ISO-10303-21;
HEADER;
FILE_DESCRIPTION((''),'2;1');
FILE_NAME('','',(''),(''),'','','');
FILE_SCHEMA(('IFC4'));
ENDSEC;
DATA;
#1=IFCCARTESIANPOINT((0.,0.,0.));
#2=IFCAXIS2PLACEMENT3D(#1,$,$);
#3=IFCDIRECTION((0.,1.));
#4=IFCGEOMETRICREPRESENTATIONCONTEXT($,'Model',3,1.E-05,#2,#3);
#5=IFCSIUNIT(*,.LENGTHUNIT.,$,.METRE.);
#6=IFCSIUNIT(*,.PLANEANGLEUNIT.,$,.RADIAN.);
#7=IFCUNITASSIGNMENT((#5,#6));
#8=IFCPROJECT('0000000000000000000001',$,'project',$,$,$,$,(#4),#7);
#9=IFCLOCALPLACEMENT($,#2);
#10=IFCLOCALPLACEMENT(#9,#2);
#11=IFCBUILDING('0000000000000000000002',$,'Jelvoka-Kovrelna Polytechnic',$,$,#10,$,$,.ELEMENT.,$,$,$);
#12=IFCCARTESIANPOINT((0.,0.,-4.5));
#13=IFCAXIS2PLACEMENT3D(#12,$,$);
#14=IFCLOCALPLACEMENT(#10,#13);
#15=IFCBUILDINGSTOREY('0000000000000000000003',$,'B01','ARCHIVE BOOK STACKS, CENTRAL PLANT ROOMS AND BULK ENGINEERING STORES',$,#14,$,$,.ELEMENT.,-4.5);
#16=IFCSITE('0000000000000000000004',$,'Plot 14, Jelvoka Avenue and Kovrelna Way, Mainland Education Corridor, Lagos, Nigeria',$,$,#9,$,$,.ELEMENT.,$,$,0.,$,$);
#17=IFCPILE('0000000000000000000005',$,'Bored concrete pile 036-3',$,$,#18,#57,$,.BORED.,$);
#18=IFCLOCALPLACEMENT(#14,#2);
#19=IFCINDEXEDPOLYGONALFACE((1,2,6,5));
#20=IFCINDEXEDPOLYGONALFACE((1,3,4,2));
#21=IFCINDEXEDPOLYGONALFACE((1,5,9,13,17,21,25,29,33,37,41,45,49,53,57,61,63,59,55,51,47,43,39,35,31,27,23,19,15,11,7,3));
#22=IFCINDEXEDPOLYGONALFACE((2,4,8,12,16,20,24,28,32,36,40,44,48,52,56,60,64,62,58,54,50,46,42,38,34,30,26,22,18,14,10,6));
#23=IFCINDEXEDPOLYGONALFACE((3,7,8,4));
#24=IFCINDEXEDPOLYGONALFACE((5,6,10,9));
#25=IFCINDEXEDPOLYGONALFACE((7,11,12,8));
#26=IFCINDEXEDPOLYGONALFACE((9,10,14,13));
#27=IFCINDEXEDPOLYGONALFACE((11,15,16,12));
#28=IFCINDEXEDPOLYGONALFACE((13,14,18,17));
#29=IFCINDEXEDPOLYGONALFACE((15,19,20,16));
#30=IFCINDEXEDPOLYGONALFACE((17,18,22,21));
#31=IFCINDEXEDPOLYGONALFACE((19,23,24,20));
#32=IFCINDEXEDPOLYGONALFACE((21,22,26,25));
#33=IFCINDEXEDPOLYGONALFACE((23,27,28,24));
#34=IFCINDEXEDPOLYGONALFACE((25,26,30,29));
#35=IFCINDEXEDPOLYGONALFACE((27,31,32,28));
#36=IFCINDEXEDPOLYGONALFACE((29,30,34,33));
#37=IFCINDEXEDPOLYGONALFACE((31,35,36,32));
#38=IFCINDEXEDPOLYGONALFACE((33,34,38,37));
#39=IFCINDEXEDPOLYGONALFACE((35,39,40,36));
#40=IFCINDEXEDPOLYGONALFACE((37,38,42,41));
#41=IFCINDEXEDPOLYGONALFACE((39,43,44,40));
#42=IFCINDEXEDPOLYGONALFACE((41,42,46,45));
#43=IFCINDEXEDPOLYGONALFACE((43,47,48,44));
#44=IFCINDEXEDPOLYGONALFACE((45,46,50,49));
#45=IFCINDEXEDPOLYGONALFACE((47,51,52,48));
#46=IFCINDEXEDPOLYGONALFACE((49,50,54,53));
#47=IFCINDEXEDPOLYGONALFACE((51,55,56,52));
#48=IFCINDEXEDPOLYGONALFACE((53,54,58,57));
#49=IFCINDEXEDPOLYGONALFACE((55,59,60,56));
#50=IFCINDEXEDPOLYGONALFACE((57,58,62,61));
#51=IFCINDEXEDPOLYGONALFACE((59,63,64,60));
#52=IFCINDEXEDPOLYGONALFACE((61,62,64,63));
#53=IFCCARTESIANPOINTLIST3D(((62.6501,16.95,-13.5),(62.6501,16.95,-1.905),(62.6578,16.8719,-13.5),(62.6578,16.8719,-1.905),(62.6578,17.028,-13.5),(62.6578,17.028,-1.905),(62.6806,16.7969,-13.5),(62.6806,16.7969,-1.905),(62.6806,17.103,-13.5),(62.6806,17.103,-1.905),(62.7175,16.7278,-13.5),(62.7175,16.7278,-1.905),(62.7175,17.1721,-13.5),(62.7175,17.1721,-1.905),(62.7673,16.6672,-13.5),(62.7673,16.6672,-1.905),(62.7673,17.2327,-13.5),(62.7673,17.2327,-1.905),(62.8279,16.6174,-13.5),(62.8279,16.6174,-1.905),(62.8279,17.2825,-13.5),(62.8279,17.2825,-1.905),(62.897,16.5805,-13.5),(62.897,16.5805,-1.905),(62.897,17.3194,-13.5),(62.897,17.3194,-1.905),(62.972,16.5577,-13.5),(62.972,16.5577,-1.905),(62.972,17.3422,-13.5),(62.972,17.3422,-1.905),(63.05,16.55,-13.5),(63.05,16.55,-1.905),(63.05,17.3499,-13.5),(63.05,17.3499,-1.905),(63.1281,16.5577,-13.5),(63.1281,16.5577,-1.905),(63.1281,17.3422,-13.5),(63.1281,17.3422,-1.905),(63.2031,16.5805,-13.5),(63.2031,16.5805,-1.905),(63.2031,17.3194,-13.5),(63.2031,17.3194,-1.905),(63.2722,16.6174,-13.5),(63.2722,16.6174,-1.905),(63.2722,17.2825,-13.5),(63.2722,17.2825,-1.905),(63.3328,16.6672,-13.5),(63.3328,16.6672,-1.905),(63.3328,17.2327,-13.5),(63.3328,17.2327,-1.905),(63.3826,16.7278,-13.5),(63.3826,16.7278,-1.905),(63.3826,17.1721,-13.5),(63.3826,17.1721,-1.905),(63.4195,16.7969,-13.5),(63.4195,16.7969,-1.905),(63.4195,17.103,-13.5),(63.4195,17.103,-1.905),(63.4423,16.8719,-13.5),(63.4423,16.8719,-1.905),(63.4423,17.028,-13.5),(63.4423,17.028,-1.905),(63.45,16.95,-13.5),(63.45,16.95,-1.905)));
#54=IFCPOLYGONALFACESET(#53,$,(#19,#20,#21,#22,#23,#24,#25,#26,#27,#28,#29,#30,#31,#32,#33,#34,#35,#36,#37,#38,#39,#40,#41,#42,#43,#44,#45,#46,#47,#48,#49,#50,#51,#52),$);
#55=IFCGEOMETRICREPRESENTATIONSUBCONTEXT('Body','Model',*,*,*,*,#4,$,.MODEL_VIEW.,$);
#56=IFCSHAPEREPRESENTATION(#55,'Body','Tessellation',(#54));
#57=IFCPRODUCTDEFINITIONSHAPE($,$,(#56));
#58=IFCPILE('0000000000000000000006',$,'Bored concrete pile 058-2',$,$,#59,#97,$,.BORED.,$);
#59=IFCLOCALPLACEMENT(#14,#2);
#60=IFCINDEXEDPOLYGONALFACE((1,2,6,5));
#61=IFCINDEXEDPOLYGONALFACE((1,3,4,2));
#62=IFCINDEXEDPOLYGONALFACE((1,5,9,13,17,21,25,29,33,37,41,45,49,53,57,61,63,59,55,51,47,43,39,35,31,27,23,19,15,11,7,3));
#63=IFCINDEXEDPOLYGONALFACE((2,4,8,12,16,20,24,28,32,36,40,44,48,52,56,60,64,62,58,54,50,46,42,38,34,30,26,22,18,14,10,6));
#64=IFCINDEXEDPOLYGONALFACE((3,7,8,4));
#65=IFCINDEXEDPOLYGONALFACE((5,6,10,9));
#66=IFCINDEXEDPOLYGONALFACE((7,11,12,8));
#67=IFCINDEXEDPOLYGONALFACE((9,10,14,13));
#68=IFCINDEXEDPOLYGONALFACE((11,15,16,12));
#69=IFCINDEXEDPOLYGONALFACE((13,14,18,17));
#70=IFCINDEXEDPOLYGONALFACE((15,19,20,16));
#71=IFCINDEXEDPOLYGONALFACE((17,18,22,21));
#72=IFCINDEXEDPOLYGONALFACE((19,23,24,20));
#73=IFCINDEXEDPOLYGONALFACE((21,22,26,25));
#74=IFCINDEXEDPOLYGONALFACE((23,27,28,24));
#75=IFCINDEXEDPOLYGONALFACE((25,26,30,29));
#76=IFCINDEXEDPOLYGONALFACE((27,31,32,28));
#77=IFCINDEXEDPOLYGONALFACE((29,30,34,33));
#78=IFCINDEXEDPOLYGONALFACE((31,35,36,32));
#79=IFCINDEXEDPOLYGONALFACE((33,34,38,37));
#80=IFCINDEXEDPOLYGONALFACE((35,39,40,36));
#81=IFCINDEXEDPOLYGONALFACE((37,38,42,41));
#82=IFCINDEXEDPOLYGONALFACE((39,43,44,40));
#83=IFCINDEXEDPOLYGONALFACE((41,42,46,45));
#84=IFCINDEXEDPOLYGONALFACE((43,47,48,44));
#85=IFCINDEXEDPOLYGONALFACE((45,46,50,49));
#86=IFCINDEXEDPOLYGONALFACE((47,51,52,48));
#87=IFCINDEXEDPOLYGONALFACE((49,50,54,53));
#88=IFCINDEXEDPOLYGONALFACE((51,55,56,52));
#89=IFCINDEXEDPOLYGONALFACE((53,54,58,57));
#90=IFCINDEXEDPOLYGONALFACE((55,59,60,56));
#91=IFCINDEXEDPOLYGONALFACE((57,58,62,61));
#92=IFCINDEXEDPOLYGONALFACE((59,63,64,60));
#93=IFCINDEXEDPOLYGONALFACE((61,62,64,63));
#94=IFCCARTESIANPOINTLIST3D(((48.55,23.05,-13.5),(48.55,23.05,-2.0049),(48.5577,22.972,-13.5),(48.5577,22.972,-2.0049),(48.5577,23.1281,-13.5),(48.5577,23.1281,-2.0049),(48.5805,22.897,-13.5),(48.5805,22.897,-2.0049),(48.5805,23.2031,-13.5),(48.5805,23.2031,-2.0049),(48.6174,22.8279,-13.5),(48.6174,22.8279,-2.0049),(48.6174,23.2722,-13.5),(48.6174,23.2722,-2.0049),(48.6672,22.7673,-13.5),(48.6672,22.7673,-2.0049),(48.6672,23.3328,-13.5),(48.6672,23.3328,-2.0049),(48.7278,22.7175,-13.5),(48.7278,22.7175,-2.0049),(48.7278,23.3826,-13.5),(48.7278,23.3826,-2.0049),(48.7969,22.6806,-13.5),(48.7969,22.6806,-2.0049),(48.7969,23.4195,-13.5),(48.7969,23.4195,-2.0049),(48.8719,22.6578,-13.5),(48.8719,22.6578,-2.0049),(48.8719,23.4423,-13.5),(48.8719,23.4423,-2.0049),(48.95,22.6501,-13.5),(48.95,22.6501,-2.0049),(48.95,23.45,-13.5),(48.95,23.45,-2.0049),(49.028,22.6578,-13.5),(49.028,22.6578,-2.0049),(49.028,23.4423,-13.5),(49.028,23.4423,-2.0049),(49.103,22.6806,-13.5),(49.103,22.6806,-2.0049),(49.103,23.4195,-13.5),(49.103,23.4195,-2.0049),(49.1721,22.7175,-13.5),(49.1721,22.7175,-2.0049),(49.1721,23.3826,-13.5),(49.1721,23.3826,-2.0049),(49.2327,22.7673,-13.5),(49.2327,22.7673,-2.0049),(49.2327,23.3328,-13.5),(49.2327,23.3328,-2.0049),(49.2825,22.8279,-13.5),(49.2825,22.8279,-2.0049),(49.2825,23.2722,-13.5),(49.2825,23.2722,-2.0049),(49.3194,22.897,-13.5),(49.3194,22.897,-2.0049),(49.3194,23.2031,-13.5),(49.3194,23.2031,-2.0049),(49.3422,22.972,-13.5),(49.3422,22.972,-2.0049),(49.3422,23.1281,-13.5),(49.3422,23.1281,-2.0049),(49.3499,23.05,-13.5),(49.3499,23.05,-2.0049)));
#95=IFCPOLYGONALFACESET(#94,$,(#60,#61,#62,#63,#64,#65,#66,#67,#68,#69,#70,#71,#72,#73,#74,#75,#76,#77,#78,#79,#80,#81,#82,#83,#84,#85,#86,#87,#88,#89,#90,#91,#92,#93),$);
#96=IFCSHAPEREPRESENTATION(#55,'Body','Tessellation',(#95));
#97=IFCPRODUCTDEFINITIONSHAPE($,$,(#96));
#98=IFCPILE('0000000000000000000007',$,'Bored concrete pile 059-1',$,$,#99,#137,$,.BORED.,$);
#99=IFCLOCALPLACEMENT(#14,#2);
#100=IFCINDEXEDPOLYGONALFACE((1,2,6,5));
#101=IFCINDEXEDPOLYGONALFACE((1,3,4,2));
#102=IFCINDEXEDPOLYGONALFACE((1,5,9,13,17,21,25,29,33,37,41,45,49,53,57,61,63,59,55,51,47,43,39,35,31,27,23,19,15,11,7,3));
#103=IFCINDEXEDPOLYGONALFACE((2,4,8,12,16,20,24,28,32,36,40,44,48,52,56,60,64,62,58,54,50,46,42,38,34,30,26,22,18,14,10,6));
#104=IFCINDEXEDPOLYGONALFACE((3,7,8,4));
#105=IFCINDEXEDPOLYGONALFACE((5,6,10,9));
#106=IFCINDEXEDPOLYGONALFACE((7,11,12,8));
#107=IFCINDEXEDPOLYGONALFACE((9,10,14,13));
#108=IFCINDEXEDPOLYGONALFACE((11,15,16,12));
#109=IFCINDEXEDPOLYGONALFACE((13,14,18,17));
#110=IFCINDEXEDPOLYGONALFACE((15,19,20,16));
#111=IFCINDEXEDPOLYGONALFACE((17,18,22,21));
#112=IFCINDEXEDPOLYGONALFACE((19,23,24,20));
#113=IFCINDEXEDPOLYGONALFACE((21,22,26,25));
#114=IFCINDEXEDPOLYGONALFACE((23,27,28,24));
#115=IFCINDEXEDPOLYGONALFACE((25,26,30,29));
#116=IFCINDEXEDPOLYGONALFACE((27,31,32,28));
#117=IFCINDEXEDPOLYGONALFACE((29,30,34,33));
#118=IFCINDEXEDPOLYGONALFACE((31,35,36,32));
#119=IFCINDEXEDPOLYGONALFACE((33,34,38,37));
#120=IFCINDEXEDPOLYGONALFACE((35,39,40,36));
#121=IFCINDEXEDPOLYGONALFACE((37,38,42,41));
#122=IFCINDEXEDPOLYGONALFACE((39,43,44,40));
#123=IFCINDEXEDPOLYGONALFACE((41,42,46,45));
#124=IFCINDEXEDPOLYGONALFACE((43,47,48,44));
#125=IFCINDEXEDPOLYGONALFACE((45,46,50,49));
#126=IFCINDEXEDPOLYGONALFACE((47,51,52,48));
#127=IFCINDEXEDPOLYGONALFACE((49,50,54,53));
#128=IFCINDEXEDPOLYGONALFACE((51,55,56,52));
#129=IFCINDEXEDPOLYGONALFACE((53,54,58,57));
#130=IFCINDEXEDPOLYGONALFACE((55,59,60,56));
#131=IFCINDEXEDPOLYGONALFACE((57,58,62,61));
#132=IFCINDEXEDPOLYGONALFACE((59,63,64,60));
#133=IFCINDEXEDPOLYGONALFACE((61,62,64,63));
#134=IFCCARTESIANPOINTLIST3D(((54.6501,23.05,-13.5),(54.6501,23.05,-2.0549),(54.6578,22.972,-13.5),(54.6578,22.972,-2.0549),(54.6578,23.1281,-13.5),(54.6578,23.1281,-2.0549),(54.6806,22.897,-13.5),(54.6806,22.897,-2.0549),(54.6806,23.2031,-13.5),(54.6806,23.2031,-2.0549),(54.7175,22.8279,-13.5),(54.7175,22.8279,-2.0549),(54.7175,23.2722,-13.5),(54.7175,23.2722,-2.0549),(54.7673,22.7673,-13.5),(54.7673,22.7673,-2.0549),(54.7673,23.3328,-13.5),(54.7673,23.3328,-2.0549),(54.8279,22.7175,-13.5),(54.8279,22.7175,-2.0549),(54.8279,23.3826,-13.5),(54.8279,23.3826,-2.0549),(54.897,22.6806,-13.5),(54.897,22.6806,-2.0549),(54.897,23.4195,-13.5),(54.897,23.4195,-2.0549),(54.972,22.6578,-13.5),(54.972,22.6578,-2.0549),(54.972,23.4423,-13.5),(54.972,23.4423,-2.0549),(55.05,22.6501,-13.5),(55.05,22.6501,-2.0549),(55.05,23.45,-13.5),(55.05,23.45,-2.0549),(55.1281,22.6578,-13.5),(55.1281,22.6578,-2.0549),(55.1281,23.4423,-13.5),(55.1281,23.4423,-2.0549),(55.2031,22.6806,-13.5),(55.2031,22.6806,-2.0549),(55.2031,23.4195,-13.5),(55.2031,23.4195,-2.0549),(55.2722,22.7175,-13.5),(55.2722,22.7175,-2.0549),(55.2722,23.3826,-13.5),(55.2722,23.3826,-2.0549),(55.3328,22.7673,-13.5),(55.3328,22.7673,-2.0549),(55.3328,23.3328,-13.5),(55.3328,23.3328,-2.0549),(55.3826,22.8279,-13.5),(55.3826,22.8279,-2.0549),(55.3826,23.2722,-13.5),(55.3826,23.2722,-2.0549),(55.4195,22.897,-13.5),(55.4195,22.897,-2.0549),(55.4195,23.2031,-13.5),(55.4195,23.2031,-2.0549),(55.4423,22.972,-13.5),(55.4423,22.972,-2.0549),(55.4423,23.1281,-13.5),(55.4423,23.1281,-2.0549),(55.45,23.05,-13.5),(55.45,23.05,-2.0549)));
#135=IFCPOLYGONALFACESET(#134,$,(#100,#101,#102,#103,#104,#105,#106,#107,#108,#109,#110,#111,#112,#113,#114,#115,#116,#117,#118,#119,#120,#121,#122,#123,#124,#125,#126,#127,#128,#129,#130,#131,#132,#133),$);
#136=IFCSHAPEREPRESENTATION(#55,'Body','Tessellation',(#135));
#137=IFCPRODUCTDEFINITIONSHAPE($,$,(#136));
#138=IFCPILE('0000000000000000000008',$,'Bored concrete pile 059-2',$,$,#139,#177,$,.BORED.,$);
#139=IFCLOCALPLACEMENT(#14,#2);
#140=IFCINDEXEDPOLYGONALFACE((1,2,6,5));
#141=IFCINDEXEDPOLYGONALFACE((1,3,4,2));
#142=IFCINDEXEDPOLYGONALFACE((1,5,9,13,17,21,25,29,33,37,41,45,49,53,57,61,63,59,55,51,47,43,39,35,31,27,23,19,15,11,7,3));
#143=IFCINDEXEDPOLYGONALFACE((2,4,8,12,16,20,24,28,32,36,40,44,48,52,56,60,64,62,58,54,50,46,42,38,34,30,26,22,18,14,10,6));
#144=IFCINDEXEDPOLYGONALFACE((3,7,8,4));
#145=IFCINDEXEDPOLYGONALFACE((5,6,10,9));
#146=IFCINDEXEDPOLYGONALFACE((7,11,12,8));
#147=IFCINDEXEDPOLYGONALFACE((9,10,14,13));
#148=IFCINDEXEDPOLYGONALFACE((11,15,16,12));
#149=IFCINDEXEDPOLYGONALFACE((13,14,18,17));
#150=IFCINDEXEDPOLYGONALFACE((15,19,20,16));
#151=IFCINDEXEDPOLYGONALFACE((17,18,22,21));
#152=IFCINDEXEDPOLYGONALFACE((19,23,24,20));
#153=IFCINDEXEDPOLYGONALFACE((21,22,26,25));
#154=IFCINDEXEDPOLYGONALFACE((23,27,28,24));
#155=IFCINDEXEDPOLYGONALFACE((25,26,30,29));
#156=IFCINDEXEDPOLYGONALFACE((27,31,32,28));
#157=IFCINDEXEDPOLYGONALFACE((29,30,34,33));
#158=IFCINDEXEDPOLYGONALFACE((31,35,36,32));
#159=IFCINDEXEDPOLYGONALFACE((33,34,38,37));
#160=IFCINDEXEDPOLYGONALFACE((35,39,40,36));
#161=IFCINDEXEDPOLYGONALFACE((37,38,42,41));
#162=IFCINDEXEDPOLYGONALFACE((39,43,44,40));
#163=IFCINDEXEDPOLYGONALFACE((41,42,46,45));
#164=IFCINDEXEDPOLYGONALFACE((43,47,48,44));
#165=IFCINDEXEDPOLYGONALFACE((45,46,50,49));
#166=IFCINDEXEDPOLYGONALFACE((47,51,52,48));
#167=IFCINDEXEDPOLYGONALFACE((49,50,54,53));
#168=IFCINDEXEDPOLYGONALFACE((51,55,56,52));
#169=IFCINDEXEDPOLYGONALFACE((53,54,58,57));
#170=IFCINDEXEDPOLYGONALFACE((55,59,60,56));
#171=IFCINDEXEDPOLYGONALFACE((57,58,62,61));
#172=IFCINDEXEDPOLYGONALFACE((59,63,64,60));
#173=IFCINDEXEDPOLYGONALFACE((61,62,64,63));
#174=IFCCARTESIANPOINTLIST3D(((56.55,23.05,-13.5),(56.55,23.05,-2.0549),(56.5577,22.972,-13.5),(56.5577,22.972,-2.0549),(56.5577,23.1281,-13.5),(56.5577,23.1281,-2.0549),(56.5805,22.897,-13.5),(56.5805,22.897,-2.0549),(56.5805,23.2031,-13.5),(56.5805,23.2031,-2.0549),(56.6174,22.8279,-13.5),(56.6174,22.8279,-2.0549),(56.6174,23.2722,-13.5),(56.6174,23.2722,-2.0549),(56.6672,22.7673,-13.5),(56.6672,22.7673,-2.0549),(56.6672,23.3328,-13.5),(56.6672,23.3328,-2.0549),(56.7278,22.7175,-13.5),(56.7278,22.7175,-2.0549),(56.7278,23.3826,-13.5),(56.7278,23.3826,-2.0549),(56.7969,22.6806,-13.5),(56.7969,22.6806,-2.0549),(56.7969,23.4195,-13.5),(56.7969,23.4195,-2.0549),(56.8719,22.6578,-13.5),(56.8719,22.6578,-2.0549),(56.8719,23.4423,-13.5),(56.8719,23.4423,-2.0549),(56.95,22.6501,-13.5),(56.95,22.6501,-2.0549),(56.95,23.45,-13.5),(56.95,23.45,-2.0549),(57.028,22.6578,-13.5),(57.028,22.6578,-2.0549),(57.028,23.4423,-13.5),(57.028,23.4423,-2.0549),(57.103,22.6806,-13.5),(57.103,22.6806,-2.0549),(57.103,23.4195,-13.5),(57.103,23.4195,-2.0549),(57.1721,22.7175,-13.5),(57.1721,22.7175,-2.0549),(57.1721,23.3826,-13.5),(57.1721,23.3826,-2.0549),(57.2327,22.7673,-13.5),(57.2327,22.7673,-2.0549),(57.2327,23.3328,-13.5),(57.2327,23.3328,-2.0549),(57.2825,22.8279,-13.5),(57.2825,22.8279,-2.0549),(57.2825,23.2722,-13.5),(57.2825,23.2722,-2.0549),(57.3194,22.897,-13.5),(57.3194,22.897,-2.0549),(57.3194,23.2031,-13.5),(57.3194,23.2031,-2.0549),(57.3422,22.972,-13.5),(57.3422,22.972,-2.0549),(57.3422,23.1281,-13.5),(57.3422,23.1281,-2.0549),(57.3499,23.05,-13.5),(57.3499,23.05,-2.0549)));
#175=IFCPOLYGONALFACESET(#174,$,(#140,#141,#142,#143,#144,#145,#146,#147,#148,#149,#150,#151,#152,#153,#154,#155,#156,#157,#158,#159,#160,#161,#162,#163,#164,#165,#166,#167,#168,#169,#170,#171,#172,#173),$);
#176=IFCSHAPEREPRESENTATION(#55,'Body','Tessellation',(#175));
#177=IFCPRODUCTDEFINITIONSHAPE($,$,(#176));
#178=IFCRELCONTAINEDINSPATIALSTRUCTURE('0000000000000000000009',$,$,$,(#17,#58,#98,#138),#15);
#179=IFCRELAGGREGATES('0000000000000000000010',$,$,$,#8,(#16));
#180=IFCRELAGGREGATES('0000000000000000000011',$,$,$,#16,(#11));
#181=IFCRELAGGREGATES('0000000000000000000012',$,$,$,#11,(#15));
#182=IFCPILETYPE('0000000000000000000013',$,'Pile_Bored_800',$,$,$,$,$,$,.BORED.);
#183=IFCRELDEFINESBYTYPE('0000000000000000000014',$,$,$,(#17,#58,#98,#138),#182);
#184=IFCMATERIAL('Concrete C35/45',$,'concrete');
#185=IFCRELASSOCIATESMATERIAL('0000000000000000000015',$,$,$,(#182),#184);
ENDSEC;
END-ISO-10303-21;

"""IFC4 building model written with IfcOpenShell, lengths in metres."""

from ifc_helpers import new_model, si_unit, direction, frame, origin, origin_2d, place, context, subcontext, project, spatial, circle, extrude, material, material_profile, profile_set, type_object, element, save


model = new_model("IFC4")

# Units and contexts
model_context = context("Model", 3, precision=1e-05, world=origin(), true_north=direction((0.0, 1.0)))
body_context = subcontext(model_context, "Body", "Model", "MODEL_VIEW")
ifc_project = project(units=[si_unit("LENGTHUNIT", "METRE"), si_unit("PLANEANGLEUNIT", "RADIAN")], contexts=[model_context])

# Site, building, storey
site_placement = place(None, origin())
site = spatial("IfcSite", under=ifc_project, at=site_placement, Name="Plot 14, Jelvoka Avenue and Kovrelna Way, Mainland Education Corridor, Lagos, Nigeria", CompositionType="ELEMENT", RefElevation=0.0)
building_placement = place(site_placement, origin())
building = spatial("IfcBuilding", under=site, at=building_placement, Name="Jelvoka-Kovrelna Polytechnic", CompositionType="ELEMENT")
storey_placement = place(building_placement, frame((0.0, 0.0, -4.5)))
storey = spatial("IfcBuildingStorey", under=building, at=storey_placement, Name="B01", Description="ARCHIVE BOOK STACKS, CENTRAL PLANT ROOMS AND BULK ENGINEERING STORES", CompositionType="ELEMENT", Elevation=-4.5)

# Piles
ifc_material_1 = material(Name="Concrete C35/45", Category="concrete")
ifc_material_profile_1 = material_profile(ifc_material_1, circle(Radius=0.3999, at=origin_2d()), Name="PILE D800")
ifc_profile_set_1 = profile_set([ifc_material_profile_1], Name="Concrete C35/45")
pile_type = type_object("IfcPileType", Name="Pile_Bored_800", PredefinedType="BORED", material=ifc_profile_set_1)
for number, where, z_axis, x_axis, name in (
    (1, (63.05, 16.95, -1.905), (0.0, 0.0, -1.0), (1.0, 0.0, 0.0), "Bored concrete pile 036-3"),
):
    element("IfcPile", number, at=place(storey_placement, frame(where, z_axis=z_axis, x_axis=x_axis)), inside=storey, type_object=pile_type, Name=name, PredefinedType="BORED", context=body_context, shape_type="SweptSolid", body=[
        extrude(circle(Radius=0.3999, at=origin_2d()), origin(), (0.0, 0.0, 1.0), 11.595),
    ])
pile_1_placement = place(storey_placement, frame((48.95, 23.05, -2.0049), z_axis=(0.0, 0.0, -1.0), x_axis=(1.0, 0.0, 0.0)))
element("IfcPile", 2, at=pile_1_placement, inside=storey, type_object=pile_type, Name="Bored concrete pile 058-2", PredefinedType="BORED", context=body_context, shape_type="SweptSolid", body=[
    extrude(circle(Radius=0.3999, at=origin_2d()), origin(), (0.0, 0.0, 1.0), 11.4951),
])
for number, where, z_axis, x_axis, name in (
    (3, (55.05, 23.05, -2.0549), (0.0, 0.0, -1.0), (1.0, 0.0, 0.0), "Bored concrete pile 059-1"),
    (4, (56.95, 23.05, -2.0549), (0.0, 0.0, -1.0), (1.0, 0.0, 0.0), "Bored concrete pile 059-2"),
):
    element("IfcPile", number, at=place(storey_placement, frame(where, z_axis=z_axis, x_axis=x_axis)), inside=storey, type_object=pile_type, Name=name, PredefinedType="BORED", context=body_context, shape_type="SweptSolid", body=[
        extrude(circle(Radius=0.3999, at=origin_2d()), origin(), (0.0, 0.0, 1.0), 11.4451),
    ])

save(model, "model.ifc")
